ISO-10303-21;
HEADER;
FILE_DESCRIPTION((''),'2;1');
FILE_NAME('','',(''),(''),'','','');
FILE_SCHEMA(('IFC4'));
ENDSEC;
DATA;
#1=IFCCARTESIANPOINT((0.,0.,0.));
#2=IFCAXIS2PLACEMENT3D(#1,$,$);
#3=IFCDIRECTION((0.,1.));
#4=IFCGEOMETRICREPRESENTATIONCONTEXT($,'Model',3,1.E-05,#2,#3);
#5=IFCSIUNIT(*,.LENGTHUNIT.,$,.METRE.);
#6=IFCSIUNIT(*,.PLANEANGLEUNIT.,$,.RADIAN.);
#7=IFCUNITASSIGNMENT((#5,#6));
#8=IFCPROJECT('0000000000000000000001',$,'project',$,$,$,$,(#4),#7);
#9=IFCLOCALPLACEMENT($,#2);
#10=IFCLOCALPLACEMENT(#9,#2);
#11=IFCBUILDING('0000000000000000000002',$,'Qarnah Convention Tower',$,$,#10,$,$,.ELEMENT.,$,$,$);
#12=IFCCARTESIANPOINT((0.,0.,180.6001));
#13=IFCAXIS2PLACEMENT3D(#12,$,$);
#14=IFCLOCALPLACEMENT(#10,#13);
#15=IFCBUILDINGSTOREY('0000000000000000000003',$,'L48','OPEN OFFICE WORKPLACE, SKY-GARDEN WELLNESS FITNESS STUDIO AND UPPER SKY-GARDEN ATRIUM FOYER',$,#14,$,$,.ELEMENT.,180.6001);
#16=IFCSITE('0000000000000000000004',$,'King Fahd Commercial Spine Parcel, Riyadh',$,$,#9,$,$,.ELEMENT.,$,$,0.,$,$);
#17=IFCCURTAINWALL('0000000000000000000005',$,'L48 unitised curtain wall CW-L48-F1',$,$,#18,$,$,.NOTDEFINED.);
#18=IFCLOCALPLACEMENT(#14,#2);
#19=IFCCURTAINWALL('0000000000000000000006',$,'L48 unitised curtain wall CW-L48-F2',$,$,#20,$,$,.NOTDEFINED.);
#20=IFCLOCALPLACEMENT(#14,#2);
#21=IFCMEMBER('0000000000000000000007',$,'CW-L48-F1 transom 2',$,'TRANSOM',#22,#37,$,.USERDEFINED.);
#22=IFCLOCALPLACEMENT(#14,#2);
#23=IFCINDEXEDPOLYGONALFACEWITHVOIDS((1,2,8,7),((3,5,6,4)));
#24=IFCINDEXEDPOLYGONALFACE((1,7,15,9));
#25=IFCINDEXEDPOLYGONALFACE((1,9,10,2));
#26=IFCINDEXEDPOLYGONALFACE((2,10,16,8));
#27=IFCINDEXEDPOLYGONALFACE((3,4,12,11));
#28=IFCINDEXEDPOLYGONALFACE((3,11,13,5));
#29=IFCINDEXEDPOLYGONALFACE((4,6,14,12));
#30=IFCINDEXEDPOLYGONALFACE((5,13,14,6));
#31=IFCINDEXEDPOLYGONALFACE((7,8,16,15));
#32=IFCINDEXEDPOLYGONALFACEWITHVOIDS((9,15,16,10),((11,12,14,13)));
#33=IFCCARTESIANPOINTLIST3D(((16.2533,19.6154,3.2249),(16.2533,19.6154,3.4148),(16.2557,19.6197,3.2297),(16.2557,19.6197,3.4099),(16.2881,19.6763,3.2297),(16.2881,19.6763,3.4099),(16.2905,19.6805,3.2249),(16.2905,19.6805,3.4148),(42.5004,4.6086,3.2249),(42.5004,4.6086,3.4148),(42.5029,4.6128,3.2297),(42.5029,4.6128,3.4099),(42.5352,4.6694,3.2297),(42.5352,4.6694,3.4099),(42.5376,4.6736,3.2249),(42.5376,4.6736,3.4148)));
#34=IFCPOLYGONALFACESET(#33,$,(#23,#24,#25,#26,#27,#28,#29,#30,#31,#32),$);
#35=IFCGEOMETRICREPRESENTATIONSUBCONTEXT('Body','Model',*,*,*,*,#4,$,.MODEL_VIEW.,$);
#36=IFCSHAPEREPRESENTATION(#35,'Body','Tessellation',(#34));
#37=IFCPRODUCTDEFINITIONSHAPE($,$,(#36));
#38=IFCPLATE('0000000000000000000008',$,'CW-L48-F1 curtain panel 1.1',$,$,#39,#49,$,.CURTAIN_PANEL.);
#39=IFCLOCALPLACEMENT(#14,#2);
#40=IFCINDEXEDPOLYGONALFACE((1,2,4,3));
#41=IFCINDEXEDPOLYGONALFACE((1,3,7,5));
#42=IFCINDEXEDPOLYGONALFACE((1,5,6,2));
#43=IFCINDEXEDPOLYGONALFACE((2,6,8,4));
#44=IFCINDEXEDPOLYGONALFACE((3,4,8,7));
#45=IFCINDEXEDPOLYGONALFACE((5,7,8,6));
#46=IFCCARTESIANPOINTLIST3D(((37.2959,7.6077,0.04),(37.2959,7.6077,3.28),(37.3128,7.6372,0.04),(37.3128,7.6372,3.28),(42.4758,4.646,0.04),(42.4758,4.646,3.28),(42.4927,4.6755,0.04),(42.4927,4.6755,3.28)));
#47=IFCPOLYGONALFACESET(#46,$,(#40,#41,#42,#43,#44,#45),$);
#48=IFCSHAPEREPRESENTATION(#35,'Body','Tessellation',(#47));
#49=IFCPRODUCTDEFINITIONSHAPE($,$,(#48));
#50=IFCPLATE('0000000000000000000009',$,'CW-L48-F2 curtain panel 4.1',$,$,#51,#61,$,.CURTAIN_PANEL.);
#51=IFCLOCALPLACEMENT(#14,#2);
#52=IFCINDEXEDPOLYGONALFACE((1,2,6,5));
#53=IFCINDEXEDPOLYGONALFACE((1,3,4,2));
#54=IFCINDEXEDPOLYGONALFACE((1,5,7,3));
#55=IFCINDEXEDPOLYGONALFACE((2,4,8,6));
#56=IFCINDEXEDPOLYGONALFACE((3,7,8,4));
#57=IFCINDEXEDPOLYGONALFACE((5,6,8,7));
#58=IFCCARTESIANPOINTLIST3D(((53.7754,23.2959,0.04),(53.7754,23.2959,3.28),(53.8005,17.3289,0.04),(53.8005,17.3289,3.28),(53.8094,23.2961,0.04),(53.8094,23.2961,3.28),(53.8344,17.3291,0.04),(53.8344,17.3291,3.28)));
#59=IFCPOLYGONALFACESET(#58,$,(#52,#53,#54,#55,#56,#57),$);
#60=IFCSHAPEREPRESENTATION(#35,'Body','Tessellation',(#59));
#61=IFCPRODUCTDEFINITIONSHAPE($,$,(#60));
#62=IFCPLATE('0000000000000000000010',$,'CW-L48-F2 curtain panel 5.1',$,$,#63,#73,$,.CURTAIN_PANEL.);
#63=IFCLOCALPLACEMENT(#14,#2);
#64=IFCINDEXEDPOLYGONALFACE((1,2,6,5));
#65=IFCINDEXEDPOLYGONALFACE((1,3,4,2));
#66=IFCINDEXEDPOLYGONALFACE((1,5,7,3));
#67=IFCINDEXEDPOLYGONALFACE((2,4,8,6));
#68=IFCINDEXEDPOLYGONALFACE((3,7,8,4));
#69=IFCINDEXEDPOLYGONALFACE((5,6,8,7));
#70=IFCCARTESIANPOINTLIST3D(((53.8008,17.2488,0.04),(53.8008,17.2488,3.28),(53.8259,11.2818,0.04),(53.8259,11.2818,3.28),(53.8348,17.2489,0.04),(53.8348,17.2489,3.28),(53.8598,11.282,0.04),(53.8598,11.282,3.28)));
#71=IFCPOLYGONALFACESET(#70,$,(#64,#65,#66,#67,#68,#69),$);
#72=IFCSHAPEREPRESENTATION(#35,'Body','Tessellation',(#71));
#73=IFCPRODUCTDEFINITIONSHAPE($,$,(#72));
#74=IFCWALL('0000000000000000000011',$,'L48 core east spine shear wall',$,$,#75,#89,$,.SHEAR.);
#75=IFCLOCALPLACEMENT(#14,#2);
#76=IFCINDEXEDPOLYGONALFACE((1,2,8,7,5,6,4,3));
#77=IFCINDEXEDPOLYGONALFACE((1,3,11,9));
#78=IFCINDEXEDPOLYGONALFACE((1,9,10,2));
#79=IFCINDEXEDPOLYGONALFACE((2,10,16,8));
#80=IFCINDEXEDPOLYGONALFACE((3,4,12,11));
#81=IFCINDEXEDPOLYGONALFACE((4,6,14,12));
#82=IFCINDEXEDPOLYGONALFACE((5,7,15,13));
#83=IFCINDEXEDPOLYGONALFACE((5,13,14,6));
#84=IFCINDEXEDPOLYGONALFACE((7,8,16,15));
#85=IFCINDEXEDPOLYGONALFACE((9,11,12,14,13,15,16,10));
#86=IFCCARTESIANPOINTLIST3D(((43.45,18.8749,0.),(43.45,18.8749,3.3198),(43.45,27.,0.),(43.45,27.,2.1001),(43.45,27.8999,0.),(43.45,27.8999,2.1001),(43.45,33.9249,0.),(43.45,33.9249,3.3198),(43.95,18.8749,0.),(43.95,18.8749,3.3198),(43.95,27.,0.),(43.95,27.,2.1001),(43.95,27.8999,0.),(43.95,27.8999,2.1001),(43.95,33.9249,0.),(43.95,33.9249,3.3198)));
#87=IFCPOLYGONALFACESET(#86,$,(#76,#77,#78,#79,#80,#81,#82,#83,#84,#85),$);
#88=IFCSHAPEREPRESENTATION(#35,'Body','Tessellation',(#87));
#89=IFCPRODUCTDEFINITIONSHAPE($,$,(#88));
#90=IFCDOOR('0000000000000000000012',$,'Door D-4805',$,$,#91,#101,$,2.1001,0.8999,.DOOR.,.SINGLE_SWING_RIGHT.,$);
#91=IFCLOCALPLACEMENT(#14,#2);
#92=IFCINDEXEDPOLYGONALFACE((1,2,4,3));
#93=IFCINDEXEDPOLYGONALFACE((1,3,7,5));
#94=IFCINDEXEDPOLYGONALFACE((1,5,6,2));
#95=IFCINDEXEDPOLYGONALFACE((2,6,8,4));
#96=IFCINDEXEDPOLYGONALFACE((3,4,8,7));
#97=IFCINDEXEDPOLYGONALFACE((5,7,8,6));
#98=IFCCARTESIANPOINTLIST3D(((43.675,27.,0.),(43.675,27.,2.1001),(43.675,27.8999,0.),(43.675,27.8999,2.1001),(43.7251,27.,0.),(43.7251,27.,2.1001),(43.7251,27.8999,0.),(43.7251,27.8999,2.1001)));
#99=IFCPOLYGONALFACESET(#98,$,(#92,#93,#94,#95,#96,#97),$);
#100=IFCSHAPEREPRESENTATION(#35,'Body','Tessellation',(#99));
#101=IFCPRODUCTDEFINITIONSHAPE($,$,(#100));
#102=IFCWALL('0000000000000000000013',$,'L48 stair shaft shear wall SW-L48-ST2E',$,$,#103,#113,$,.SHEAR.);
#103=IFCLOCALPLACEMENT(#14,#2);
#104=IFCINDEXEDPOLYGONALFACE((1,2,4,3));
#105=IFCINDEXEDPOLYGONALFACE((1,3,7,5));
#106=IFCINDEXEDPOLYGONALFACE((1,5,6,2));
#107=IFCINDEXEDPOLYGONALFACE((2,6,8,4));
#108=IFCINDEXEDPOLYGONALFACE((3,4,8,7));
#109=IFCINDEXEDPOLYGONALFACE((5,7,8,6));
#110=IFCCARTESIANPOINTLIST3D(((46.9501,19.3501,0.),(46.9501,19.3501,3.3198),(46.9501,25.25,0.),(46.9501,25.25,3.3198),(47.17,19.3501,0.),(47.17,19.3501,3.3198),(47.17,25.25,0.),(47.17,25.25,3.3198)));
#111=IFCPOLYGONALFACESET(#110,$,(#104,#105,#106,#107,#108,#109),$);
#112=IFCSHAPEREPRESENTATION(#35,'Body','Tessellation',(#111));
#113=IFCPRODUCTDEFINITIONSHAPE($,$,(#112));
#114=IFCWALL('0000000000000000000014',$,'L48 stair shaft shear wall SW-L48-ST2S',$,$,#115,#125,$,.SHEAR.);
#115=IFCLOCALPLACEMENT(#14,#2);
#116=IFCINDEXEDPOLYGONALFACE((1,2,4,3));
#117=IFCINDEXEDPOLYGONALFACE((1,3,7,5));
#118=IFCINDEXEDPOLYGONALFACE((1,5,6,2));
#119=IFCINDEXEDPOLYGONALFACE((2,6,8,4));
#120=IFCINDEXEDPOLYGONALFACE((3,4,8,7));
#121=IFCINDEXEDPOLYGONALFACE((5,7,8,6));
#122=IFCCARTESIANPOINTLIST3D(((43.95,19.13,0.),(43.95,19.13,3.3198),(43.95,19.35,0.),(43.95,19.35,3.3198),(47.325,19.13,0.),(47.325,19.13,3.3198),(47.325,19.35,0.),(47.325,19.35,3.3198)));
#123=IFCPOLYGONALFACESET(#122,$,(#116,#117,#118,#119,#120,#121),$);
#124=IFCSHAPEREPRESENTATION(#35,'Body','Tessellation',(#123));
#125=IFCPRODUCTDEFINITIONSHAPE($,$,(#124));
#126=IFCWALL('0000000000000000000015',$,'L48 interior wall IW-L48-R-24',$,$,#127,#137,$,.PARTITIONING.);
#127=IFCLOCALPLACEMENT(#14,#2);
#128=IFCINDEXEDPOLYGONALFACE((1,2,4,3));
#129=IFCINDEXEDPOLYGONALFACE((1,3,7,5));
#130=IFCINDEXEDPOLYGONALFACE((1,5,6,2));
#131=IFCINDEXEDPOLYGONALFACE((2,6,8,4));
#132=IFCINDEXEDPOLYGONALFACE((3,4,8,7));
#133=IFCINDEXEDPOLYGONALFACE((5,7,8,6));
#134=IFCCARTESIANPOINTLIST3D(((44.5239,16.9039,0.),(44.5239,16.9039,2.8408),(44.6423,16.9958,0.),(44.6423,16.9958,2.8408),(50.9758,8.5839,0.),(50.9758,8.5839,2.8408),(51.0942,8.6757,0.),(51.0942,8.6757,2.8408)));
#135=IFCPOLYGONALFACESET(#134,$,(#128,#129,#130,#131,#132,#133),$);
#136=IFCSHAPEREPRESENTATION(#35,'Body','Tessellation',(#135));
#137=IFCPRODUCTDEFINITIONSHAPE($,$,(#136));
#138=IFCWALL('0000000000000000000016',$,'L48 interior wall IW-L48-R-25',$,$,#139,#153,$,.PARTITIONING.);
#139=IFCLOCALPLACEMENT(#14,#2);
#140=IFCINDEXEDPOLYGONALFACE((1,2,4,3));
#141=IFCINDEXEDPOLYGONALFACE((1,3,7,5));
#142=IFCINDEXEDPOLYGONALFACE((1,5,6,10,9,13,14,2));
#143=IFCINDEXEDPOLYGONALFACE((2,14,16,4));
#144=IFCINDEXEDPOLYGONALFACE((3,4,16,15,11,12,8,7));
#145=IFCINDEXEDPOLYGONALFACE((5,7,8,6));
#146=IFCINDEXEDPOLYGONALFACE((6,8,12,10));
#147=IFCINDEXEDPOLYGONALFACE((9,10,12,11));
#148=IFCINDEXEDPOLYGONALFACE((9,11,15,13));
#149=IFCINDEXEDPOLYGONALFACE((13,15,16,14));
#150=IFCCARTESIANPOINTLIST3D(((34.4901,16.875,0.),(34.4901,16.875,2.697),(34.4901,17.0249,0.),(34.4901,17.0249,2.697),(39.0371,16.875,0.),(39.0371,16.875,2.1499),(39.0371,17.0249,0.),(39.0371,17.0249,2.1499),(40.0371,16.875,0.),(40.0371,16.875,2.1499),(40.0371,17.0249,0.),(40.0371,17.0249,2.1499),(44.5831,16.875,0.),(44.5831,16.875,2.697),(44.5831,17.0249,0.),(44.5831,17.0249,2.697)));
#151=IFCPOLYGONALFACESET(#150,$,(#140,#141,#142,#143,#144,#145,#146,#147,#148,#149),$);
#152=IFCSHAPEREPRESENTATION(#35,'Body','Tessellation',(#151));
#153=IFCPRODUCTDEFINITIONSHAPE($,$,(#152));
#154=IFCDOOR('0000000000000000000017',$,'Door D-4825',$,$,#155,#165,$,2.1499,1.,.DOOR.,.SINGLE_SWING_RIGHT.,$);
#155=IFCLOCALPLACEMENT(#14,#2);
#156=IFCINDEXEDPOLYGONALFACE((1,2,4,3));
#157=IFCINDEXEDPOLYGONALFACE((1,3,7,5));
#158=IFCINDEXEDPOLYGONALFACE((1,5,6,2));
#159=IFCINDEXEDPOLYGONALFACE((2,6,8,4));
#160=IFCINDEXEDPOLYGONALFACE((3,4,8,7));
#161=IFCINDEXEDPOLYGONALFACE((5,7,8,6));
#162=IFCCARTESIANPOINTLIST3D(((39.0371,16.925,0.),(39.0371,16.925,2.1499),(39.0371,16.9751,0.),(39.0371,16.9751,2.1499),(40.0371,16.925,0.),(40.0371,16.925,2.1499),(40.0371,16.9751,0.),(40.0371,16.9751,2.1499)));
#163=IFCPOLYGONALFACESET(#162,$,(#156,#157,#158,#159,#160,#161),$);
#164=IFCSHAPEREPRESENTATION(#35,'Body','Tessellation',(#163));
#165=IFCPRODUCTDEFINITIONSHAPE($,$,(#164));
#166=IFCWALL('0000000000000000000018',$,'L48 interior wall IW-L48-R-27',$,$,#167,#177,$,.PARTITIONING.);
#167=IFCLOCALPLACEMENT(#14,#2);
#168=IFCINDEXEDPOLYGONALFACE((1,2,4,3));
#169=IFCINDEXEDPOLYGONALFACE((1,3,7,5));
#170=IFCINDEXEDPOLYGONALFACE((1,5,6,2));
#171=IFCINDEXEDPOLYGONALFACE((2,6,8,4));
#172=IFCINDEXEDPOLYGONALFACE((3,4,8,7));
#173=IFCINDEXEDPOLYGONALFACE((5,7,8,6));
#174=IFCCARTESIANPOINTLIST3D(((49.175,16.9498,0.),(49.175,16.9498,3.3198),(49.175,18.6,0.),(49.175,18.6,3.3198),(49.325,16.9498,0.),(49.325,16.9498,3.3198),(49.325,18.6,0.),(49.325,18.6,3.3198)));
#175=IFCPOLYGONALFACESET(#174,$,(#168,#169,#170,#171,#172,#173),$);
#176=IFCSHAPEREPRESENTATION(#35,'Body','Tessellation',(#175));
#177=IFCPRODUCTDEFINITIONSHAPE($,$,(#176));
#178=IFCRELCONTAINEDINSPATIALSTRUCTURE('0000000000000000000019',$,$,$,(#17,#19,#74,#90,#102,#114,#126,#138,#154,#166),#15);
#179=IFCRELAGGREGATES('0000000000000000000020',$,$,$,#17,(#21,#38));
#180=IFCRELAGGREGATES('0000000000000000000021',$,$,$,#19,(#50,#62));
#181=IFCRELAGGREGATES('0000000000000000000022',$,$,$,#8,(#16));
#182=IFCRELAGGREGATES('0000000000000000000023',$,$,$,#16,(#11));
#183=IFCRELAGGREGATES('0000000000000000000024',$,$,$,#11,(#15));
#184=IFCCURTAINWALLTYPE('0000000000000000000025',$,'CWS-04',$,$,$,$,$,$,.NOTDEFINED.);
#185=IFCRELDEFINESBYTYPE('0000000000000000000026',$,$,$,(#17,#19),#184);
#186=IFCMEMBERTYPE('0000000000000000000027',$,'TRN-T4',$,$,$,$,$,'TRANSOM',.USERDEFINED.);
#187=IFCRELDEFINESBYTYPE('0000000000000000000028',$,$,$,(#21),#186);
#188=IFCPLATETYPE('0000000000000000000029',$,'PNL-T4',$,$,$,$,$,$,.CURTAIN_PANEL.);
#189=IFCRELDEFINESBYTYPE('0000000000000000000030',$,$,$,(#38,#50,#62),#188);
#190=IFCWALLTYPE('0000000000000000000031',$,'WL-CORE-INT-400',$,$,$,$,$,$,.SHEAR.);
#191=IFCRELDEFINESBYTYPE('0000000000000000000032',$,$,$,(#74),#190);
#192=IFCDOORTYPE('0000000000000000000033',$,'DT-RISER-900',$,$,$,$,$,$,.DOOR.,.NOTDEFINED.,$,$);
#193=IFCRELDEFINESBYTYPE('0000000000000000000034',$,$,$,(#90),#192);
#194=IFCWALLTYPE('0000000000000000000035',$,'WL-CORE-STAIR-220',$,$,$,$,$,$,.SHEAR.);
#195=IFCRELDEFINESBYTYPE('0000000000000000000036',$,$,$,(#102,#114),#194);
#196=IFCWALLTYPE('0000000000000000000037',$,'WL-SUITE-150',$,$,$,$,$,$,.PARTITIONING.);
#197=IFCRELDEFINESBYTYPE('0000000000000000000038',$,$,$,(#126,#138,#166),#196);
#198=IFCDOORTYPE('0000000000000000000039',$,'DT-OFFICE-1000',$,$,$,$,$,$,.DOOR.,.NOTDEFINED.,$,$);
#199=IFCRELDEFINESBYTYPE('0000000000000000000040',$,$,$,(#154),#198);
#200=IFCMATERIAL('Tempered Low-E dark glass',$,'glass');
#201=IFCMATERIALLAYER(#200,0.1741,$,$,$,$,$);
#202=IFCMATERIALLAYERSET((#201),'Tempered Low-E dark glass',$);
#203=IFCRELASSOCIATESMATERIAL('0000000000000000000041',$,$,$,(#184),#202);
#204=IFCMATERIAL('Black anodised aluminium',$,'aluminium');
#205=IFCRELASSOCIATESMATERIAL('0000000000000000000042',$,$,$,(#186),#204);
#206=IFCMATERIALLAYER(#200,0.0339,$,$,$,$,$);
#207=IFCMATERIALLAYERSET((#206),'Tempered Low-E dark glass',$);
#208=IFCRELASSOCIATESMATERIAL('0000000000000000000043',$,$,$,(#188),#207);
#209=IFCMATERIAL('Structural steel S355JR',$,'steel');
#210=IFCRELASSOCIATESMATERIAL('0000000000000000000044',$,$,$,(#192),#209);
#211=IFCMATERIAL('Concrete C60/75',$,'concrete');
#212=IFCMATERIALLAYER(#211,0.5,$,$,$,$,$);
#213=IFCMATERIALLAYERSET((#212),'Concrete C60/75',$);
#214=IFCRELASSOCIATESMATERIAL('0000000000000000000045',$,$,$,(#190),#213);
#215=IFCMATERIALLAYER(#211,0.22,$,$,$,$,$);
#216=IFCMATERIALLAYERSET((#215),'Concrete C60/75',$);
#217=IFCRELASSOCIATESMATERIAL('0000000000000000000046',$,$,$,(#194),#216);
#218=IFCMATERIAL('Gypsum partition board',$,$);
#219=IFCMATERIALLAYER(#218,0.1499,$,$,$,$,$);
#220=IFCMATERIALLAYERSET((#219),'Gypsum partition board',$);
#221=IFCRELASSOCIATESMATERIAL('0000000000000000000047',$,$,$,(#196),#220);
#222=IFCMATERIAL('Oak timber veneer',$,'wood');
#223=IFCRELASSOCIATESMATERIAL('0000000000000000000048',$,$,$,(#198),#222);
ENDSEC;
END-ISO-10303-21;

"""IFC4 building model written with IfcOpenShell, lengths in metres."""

from ifc_helpers import new_model, si_unit, direction, frame, frame_2d, origin, origin_2d, place, context, subcontext, project, spatial, rectangle, hollow_rectangle, extrude, material, layer, layer_set, material_profile, profile_set, type_object, element, fill, aggregate, save


model = new_model("IFC4")

# Units and contexts
model_context = context("Model", 3, precision=1e-05, world=origin(), true_north=direction((0.0, 1.0)))
body_context = subcontext(model_context, "Body", "Model", "MODEL_VIEW")
ifc_project = project(units=[si_unit("LENGTHUNIT", "METRE"), si_unit("PLANEANGLEUNIT", "RADIAN")], contexts=[model_context])

# Site, building, storey
site_placement = place(None, origin())
site = spatial("IfcSite", under=ifc_project, at=site_placement, Name="King Fahd Commercial Spine Parcel, Riyadh", CompositionType="ELEMENT", RefElevation=0.0)
building_placement = place(site_placement, origin())
building = spatial("IfcBuilding", under=site, at=building_placement, Name="Qarnah Convention Tower", CompositionType="ELEMENT")
storey_placement = place(building_placement, frame((0.0, 0.0, 180.6001)))
storey = spatial("IfcBuildingStorey", under=building, at=storey_placement, Name="L48", Description="OPEN OFFICE WORKPLACE, SKY-GARDEN WELLNESS FITNESS STUDIO AND UPPER SKY-GARDEN ATRIUM FOYER", CompositionType="ELEMENT", Elevation=180.6001)

# Shared definitions
ifc_material_1 = material(Name="Structural steel S355JR", Category="steel")

# Curtain wall
ifc_material_2 = material(Name="Tempered Low-E dark glass", Category="glass")
ifc_layer_1 = layer(ifc_material_2, 0.1741)
ifc_layer_set_1 = layer_set([ifc_layer_1], Name="Tempered Low-E dark glass")
curtain_wall_type = type_object("IfcCurtainWallType", Name="CWS-04", PredefinedType="NOTDEFINED", material=ifc_layer_set_1)
curtain_wall_1_placement = place(storey_placement, origin())
curtain_wall_1 = element("IfcCurtainWall", 1, at=curtain_wall_1_placement, inside=storey, type_object=curtain_wall_type, Name="L48 unitised curtain wall CW-L48-F1", PredefinedType="NOTDEFINED")
ifc_material_3 = material(Name="Black anodised aluminium", Category="aluminium")

# Curtain wall
curtain_wall_2_placement = place(storey_placement, origin())
curtain_wall_2 = element("IfcCurtainWall", 2, at=curtain_wall_2_placement, inside=storey, type_object=curtain_wall_type, Name="L48 unitised curtain wall CW-L48-F2", PredefinedType="NOTDEFINED")

# Member
ifc_material_profile_1 = material_profile(ifc_material_3, hollow_rectangle(XDim=0.075, YDim=0.1899, WallThickness=0.0049, at=origin_2d()), Name="TRN-75X190")
ifc_profile_set_1 = profile_set([ifc_material_profile_1], Name="Black anodised aluminium")
member_type_1 = type_object("IfcMemberType", Name="TRN-T4", ElementType="TRANSOM", PredefinedType="USERDEFINED", material=ifc_profile_set_1)
member_1_placement = place(storey_placement, frame((42.519, 4.6411, 3.3198), z_axis=(-0.868122, 0.496351, 0.0), x_axis=(-0.496351, -0.868122, 0.0)))
member_1 = element("IfcMember", 3, at=member_1_placement, type_object=member_type_1, Name="CW-L48-F1 transom 2", ObjectType="TRANSOM", PredefinedType="USERDEFINED", context=body_context, shape_type="SweptSolid", body=[
    extrude(hollow_rectangle(XDim=0.075, YDim=0.1899, WallThickness=0.0049, at=origin_2d()), origin(), (0.0, 0.0, 1.0), 30.2344),
])

# Plates
ifc_layer_2 = layer(ifc_material_2, 0.0339)
ifc_layer_set_2 = layer_set([ifc_layer_2], Name="Tempered Low-E dark glass")
plate_type = type_object("IfcPlateType", Name="PNL-T4", PredefinedType="CURTAIN_PANEL", material=ifc_layer_set_2)
plate_1_placement = place(storey_placement, frame((39.8943, 6.1416, 0.04), z_axis=(0.0, 0.0, 1.0), x_axis=(-0.868119, 0.496356, 0.0)))
plate_1 = element("IfcPlate", 4, at=plate_1_placement, type_object=plate_type, Name="CW-L48-F1 curtain panel 1.1", PredefinedType="CURTAIN_PANEL", context=body_context, shape_type="SweptSolid", body=[
    extrude(rectangle(XDim=5.9668, YDim=0.0339, at=origin_2d()), origin(), (0.0, 0.0, 1.0), 3.24),
])
aggregate(curtain_wall_1, [member_1, plate_1])
plate_2_placement = place(storey_placement, frame((53.8049, 20.3125, 0.04), z_axis=(0.0, 0.0, 1.0), x_axis=(0.0042, -0.999991, 0.0)))
plate_2 = element("IfcPlate", 5, at=plate_2_placement, type_object=plate_type, Name="CW-L48-F2 curtain panel 4.1", PredefinedType="CURTAIN_PANEL", context=body_context, shape_type="SweptSolid", body=[
    extrude(rectangle(XDim=5.967, YDim=0.0339, at=origin_2d()), origin(), (0.0, 0.0, 1.0), 3.24),
])
plate_3_placement = place(storey_placement, frame((53.8303, 14.2654, 0.04), z_axis=(0.0, 0.0, 1.0), x_axis=(0.0042, -0.999991, 0.0)))
plate_3 = element("IfcPlate", 6, at=plate_3_placement, type_object=plate_type, Name="CW-L48-F2 curtain panel 5.1", PredefinedType="CURTAIN_PANEL", context=body_context, shape_type="SweptSolid", body=[
    extrude(rectangle(XDim=5.967, YDim=0.0339, at=origin_2d()), origin(), (0.0, 0.0, 1.0), 3.24),
])
aggregate(curtain_wall_2, [plate_2, plate_3])

# Shared definitions
ifc_material_4 = material(Name="Concrete C60/75", Category="concrete")
door_type_1 = type_object("IfcDoorType", Name="DT-RISER-900", OperationType="NOTDEFINED", PredefinedType="DOOR", material=ifc_material_1)

# Wall, opening, door
ifc_layer_3 = layer(ifc_material_4, 0.5)
ifc_layer_set_3 = layer_set([ifc_layer_3], Name="Concrete C60/75")
wall_type_1 = type_object("IfcWallType", Name="WL-CORE-INT-400", PredefinedType="SHEAR", material=ifc_layer_set_3)
wall_1_placement = place(storey_placement, frame((43.7, 18.875, 0.0), z_axis=(0.0, 0.0, 1.0), x_axis=(0.0, 1.0, 0.0)))
wall_1 = element("IfcWall", 7, at=wall_1_placement, inside=storey, type_object=wall_type_1, Name="L48 core east spine shear wall", PredefinedType="SHEAR", context=body_context, shape_type="SweptSolid", body=[
    extrude(rectangle(XDim=15.05, YDim=0.5, at=frame_2d((7.5249, 0.0))), origin(), (0.0, 0.0, 1.0), 3.3198),
])
opening_1_placement = place(wall_1_placement, frame((8.125, 0.0, 0.0)))
opening_1 = element("IfcOpeningElement", 8, at=opening_1_placement, cuts=wall_1, PredefinedType="OPENING", context=body_context, shape_type="SweptSolid", body=[
    extrude(rectangle(XDim=0.8999, YDim=2.1001, at=frame_2d((0.45, 1.05))), frame((0.0, 0.26, 0.0), z_axis=(0.0, -1.0, 0.0), x_axis=(1.0, 0.0, 0.0)), (0.0, 0.0, 1.0), 0.52),
])
door_1_placement = place(opening_1_placement, origin())
door_1 = element("IfcDoor", 9, at=door_1_placement, inside=storey, type_object=door_type_1, Name="Door D-4805", OperationType="SINGLE_SWING_RIGHT", OverallHeight=2.1001, OverallWidth=0.8999, PredefinedType="DOOR", context=body_context, shape_type="SweptSolid", body=[
    extrude(rectangle(XDim=0.8999, YDim=2.1001, at=frame_2d((0.45, 1.05))), frame((0.0, 0.0249, 0.0), z_axis=(0.0, -1.0, 0.0), x_axis=(1.0, 0.0, 0.0)), (0.0, 0.0, 1.0), 0.05),
])
fill(opening_1, door_1)

# Walls
ifc_layer_4 = layer(ifc_material_4, 0.22)
ifc_layer_set_4 = layer_set([ifc_layer_4], Name="Concrete C60/75")
wall_type_2 = type_object("IfcWallType", Name="WL-CORE-STAIR-220", PredefinedType="SHEAR", material=ifc_layer_set_4)
wall_2_placement = place(storey_placement, frame((47.0601, 19.3501, 0.0), z_axis=(0.0, 0.0, 1.0), x_axis=(0.0, 1.0, 0.0)))
element("IfcWall", 10, at=wall_2_placement, inside=storey, type_object=wall_type_2, Name="L48 stair shaft shear wall SW-L48-ST2E", PredefinedType="SHEAR", context=body_context, shape_type="SweptSolid", body=[
    extrude(rectangle(XDim=5.8999, YDim=0.22, at=frame_2d((2.95, 0.0))), origin(), (0.0, 0.0, 1.0), 3.3198),
])
wall_3_placement = place(storey_placement, frame((43.95, 19.24, 0.0), z_axis=(0.0, 0.0, 1.0), x_axis=(1.0, 0.0, 0.0)))
element("IfcWall", 11, at=wall_3_placement, inside=storey, type_object=wall_type_2, Name="L48 stair shaft shear wall SW-L48-ST2S", PredefinedType="SHEAR", context=body_context, shape_type="SweptSolid", body=[
    extrude(rectangle(XDim=3.375, YDim=0.22, at=frame_2d((1.6875, 0.0))), origin(), (0.0, 0.0, 1.0), 3.3198),
])

# Wall
ifc_material_5 = material(Name="Gypsum partition board")
ifc_layer_5 = layer(ifc_material_5, 0.1499)
ifc_layer_set_5 = layer_set([ifc_layer_5], Name="Gypsum partition board")
wall_type_3 = type_object("IfcWallType", Name="WL-SUITE-150", PredefinedType="PARTITIONING", material=ifc_layer_set_5)
wall_4_placement = place(storey_placement, frame((51.0349, 8.6299, 0.0), z_axis=(0.0, 0.0, 1.0), x_axis=(-0.6128, 0.790238, 0.0)))
element("IfcWall", 12, at=wall_4_placement, inside=storey, type_object=wall_type_3, Name="L48 interior wall IW-L48-R-24", PredefinedType="PARTITIONING", context=body_context, shape_type="SweptSolid", body=[
    extrude(rectangle(XDim=10.5286, YDim=0.1499, at=frame_2d((5.2642, 0.0))), origin(), (0.0, 0.0, 1.0), 2.8408),
])

# Wall, opening, door
wall_5_placement = place(storey_placement, frame((44.583, 16.95, 0.0), z_axis=(0.0, 0.0, 1.0), x_axis=(-1.0, 0.0, 0.0)))
wall_5 = element("IfcWall", 13, at=wall_5_placement, inside=storey, type_object=wall_type_3, Name="L48 interior wall IW-L48-R-25", PredefinedType="PARTITIONING", context=body_context, shape_type="SweptSolid", body=[
    extrude(rectangle(XDim=10.093, YDim=0.1499, at=frame_2d((5.0464, 0.0))), origin(), (0.0, 0.0, 1.0), 2.697),
])
opening_2_placement = place(wall_5_placement, frame((4.5459, 0.0, 0.0)))
opening_2 = element("IfcOpeningElement", 14, at=opening_2_placement, cuts=wall_5, PredefinedType="OPENING", context=body_context, shape_type="SweptSolid", body=[
    extrude(rectangle(XDim=1.0, YDim=2.1499, at=frame_2d((0.5, 1.075))), frame((0.0, 0.085, 0.0), z_axis=(0.0, -1.0, 0.0), x_axis=(1.0, 0.0, 0.0)), (0.0, 0.0, 1.0), 0.1699),
])
ifc_material_6 = material(Name="Oak timber veneer", Category="wood")
door_type_2 = type_object("IfcDoorType", Name="DT-OFFICE-1000", OperationType="NOTDEFINED", PredefinedType="DOOR", material=ifc_material_6)
door_2_placement = place(opening_2_placement, origin())
door_2 = element("IfcDoor", 15, at=door_2_placement, inside=storey, type_object=door_type_2, Name="Door D-4825", OperationType="SINGLE_SWING_RIGHT", OverallHeight=2.1499, OverallWidth=1.0, PredefinedType="DOOR", context=body_context, shape_type="SweptSolid", body=[
    extrude(rectangle(XDim=1.0, YDim=2.1499, at=frame_2d((0.5, 1.075))), frame((0.0, 0.0249, 0.0), z_axis=(0.0, -1.0, 0.0), x_axis=(1.0, 0.0, 0.0)), (0.0, 0.0, 1.0), 0.05),
])
fill(opening_2, door_2)

# Wall
wall_6_placement = place(storey_placement, frame((49.25, 18.6001, 0.0), z_axis=(0.0, 0.0, 1.0), x_axis=(0.0, -1.0, 0.0)))
element("IfcWall", 16, at=wall_6_placement, inside=storey, type_object=wall_type_3, Name="L48 interior wall IW-L48-R-27", PredefinedType="PARTITIONING", context=body_context, shape_type="SweptSolid", body=[
    extrude(rectangle(XDim=1.6501, YDim=0.1499, at=frame_2d((0.8252, 0.0))), origin(), (0.0, 0.0, 1.0), 3.3198),
])

save(model, "model.ifc")
